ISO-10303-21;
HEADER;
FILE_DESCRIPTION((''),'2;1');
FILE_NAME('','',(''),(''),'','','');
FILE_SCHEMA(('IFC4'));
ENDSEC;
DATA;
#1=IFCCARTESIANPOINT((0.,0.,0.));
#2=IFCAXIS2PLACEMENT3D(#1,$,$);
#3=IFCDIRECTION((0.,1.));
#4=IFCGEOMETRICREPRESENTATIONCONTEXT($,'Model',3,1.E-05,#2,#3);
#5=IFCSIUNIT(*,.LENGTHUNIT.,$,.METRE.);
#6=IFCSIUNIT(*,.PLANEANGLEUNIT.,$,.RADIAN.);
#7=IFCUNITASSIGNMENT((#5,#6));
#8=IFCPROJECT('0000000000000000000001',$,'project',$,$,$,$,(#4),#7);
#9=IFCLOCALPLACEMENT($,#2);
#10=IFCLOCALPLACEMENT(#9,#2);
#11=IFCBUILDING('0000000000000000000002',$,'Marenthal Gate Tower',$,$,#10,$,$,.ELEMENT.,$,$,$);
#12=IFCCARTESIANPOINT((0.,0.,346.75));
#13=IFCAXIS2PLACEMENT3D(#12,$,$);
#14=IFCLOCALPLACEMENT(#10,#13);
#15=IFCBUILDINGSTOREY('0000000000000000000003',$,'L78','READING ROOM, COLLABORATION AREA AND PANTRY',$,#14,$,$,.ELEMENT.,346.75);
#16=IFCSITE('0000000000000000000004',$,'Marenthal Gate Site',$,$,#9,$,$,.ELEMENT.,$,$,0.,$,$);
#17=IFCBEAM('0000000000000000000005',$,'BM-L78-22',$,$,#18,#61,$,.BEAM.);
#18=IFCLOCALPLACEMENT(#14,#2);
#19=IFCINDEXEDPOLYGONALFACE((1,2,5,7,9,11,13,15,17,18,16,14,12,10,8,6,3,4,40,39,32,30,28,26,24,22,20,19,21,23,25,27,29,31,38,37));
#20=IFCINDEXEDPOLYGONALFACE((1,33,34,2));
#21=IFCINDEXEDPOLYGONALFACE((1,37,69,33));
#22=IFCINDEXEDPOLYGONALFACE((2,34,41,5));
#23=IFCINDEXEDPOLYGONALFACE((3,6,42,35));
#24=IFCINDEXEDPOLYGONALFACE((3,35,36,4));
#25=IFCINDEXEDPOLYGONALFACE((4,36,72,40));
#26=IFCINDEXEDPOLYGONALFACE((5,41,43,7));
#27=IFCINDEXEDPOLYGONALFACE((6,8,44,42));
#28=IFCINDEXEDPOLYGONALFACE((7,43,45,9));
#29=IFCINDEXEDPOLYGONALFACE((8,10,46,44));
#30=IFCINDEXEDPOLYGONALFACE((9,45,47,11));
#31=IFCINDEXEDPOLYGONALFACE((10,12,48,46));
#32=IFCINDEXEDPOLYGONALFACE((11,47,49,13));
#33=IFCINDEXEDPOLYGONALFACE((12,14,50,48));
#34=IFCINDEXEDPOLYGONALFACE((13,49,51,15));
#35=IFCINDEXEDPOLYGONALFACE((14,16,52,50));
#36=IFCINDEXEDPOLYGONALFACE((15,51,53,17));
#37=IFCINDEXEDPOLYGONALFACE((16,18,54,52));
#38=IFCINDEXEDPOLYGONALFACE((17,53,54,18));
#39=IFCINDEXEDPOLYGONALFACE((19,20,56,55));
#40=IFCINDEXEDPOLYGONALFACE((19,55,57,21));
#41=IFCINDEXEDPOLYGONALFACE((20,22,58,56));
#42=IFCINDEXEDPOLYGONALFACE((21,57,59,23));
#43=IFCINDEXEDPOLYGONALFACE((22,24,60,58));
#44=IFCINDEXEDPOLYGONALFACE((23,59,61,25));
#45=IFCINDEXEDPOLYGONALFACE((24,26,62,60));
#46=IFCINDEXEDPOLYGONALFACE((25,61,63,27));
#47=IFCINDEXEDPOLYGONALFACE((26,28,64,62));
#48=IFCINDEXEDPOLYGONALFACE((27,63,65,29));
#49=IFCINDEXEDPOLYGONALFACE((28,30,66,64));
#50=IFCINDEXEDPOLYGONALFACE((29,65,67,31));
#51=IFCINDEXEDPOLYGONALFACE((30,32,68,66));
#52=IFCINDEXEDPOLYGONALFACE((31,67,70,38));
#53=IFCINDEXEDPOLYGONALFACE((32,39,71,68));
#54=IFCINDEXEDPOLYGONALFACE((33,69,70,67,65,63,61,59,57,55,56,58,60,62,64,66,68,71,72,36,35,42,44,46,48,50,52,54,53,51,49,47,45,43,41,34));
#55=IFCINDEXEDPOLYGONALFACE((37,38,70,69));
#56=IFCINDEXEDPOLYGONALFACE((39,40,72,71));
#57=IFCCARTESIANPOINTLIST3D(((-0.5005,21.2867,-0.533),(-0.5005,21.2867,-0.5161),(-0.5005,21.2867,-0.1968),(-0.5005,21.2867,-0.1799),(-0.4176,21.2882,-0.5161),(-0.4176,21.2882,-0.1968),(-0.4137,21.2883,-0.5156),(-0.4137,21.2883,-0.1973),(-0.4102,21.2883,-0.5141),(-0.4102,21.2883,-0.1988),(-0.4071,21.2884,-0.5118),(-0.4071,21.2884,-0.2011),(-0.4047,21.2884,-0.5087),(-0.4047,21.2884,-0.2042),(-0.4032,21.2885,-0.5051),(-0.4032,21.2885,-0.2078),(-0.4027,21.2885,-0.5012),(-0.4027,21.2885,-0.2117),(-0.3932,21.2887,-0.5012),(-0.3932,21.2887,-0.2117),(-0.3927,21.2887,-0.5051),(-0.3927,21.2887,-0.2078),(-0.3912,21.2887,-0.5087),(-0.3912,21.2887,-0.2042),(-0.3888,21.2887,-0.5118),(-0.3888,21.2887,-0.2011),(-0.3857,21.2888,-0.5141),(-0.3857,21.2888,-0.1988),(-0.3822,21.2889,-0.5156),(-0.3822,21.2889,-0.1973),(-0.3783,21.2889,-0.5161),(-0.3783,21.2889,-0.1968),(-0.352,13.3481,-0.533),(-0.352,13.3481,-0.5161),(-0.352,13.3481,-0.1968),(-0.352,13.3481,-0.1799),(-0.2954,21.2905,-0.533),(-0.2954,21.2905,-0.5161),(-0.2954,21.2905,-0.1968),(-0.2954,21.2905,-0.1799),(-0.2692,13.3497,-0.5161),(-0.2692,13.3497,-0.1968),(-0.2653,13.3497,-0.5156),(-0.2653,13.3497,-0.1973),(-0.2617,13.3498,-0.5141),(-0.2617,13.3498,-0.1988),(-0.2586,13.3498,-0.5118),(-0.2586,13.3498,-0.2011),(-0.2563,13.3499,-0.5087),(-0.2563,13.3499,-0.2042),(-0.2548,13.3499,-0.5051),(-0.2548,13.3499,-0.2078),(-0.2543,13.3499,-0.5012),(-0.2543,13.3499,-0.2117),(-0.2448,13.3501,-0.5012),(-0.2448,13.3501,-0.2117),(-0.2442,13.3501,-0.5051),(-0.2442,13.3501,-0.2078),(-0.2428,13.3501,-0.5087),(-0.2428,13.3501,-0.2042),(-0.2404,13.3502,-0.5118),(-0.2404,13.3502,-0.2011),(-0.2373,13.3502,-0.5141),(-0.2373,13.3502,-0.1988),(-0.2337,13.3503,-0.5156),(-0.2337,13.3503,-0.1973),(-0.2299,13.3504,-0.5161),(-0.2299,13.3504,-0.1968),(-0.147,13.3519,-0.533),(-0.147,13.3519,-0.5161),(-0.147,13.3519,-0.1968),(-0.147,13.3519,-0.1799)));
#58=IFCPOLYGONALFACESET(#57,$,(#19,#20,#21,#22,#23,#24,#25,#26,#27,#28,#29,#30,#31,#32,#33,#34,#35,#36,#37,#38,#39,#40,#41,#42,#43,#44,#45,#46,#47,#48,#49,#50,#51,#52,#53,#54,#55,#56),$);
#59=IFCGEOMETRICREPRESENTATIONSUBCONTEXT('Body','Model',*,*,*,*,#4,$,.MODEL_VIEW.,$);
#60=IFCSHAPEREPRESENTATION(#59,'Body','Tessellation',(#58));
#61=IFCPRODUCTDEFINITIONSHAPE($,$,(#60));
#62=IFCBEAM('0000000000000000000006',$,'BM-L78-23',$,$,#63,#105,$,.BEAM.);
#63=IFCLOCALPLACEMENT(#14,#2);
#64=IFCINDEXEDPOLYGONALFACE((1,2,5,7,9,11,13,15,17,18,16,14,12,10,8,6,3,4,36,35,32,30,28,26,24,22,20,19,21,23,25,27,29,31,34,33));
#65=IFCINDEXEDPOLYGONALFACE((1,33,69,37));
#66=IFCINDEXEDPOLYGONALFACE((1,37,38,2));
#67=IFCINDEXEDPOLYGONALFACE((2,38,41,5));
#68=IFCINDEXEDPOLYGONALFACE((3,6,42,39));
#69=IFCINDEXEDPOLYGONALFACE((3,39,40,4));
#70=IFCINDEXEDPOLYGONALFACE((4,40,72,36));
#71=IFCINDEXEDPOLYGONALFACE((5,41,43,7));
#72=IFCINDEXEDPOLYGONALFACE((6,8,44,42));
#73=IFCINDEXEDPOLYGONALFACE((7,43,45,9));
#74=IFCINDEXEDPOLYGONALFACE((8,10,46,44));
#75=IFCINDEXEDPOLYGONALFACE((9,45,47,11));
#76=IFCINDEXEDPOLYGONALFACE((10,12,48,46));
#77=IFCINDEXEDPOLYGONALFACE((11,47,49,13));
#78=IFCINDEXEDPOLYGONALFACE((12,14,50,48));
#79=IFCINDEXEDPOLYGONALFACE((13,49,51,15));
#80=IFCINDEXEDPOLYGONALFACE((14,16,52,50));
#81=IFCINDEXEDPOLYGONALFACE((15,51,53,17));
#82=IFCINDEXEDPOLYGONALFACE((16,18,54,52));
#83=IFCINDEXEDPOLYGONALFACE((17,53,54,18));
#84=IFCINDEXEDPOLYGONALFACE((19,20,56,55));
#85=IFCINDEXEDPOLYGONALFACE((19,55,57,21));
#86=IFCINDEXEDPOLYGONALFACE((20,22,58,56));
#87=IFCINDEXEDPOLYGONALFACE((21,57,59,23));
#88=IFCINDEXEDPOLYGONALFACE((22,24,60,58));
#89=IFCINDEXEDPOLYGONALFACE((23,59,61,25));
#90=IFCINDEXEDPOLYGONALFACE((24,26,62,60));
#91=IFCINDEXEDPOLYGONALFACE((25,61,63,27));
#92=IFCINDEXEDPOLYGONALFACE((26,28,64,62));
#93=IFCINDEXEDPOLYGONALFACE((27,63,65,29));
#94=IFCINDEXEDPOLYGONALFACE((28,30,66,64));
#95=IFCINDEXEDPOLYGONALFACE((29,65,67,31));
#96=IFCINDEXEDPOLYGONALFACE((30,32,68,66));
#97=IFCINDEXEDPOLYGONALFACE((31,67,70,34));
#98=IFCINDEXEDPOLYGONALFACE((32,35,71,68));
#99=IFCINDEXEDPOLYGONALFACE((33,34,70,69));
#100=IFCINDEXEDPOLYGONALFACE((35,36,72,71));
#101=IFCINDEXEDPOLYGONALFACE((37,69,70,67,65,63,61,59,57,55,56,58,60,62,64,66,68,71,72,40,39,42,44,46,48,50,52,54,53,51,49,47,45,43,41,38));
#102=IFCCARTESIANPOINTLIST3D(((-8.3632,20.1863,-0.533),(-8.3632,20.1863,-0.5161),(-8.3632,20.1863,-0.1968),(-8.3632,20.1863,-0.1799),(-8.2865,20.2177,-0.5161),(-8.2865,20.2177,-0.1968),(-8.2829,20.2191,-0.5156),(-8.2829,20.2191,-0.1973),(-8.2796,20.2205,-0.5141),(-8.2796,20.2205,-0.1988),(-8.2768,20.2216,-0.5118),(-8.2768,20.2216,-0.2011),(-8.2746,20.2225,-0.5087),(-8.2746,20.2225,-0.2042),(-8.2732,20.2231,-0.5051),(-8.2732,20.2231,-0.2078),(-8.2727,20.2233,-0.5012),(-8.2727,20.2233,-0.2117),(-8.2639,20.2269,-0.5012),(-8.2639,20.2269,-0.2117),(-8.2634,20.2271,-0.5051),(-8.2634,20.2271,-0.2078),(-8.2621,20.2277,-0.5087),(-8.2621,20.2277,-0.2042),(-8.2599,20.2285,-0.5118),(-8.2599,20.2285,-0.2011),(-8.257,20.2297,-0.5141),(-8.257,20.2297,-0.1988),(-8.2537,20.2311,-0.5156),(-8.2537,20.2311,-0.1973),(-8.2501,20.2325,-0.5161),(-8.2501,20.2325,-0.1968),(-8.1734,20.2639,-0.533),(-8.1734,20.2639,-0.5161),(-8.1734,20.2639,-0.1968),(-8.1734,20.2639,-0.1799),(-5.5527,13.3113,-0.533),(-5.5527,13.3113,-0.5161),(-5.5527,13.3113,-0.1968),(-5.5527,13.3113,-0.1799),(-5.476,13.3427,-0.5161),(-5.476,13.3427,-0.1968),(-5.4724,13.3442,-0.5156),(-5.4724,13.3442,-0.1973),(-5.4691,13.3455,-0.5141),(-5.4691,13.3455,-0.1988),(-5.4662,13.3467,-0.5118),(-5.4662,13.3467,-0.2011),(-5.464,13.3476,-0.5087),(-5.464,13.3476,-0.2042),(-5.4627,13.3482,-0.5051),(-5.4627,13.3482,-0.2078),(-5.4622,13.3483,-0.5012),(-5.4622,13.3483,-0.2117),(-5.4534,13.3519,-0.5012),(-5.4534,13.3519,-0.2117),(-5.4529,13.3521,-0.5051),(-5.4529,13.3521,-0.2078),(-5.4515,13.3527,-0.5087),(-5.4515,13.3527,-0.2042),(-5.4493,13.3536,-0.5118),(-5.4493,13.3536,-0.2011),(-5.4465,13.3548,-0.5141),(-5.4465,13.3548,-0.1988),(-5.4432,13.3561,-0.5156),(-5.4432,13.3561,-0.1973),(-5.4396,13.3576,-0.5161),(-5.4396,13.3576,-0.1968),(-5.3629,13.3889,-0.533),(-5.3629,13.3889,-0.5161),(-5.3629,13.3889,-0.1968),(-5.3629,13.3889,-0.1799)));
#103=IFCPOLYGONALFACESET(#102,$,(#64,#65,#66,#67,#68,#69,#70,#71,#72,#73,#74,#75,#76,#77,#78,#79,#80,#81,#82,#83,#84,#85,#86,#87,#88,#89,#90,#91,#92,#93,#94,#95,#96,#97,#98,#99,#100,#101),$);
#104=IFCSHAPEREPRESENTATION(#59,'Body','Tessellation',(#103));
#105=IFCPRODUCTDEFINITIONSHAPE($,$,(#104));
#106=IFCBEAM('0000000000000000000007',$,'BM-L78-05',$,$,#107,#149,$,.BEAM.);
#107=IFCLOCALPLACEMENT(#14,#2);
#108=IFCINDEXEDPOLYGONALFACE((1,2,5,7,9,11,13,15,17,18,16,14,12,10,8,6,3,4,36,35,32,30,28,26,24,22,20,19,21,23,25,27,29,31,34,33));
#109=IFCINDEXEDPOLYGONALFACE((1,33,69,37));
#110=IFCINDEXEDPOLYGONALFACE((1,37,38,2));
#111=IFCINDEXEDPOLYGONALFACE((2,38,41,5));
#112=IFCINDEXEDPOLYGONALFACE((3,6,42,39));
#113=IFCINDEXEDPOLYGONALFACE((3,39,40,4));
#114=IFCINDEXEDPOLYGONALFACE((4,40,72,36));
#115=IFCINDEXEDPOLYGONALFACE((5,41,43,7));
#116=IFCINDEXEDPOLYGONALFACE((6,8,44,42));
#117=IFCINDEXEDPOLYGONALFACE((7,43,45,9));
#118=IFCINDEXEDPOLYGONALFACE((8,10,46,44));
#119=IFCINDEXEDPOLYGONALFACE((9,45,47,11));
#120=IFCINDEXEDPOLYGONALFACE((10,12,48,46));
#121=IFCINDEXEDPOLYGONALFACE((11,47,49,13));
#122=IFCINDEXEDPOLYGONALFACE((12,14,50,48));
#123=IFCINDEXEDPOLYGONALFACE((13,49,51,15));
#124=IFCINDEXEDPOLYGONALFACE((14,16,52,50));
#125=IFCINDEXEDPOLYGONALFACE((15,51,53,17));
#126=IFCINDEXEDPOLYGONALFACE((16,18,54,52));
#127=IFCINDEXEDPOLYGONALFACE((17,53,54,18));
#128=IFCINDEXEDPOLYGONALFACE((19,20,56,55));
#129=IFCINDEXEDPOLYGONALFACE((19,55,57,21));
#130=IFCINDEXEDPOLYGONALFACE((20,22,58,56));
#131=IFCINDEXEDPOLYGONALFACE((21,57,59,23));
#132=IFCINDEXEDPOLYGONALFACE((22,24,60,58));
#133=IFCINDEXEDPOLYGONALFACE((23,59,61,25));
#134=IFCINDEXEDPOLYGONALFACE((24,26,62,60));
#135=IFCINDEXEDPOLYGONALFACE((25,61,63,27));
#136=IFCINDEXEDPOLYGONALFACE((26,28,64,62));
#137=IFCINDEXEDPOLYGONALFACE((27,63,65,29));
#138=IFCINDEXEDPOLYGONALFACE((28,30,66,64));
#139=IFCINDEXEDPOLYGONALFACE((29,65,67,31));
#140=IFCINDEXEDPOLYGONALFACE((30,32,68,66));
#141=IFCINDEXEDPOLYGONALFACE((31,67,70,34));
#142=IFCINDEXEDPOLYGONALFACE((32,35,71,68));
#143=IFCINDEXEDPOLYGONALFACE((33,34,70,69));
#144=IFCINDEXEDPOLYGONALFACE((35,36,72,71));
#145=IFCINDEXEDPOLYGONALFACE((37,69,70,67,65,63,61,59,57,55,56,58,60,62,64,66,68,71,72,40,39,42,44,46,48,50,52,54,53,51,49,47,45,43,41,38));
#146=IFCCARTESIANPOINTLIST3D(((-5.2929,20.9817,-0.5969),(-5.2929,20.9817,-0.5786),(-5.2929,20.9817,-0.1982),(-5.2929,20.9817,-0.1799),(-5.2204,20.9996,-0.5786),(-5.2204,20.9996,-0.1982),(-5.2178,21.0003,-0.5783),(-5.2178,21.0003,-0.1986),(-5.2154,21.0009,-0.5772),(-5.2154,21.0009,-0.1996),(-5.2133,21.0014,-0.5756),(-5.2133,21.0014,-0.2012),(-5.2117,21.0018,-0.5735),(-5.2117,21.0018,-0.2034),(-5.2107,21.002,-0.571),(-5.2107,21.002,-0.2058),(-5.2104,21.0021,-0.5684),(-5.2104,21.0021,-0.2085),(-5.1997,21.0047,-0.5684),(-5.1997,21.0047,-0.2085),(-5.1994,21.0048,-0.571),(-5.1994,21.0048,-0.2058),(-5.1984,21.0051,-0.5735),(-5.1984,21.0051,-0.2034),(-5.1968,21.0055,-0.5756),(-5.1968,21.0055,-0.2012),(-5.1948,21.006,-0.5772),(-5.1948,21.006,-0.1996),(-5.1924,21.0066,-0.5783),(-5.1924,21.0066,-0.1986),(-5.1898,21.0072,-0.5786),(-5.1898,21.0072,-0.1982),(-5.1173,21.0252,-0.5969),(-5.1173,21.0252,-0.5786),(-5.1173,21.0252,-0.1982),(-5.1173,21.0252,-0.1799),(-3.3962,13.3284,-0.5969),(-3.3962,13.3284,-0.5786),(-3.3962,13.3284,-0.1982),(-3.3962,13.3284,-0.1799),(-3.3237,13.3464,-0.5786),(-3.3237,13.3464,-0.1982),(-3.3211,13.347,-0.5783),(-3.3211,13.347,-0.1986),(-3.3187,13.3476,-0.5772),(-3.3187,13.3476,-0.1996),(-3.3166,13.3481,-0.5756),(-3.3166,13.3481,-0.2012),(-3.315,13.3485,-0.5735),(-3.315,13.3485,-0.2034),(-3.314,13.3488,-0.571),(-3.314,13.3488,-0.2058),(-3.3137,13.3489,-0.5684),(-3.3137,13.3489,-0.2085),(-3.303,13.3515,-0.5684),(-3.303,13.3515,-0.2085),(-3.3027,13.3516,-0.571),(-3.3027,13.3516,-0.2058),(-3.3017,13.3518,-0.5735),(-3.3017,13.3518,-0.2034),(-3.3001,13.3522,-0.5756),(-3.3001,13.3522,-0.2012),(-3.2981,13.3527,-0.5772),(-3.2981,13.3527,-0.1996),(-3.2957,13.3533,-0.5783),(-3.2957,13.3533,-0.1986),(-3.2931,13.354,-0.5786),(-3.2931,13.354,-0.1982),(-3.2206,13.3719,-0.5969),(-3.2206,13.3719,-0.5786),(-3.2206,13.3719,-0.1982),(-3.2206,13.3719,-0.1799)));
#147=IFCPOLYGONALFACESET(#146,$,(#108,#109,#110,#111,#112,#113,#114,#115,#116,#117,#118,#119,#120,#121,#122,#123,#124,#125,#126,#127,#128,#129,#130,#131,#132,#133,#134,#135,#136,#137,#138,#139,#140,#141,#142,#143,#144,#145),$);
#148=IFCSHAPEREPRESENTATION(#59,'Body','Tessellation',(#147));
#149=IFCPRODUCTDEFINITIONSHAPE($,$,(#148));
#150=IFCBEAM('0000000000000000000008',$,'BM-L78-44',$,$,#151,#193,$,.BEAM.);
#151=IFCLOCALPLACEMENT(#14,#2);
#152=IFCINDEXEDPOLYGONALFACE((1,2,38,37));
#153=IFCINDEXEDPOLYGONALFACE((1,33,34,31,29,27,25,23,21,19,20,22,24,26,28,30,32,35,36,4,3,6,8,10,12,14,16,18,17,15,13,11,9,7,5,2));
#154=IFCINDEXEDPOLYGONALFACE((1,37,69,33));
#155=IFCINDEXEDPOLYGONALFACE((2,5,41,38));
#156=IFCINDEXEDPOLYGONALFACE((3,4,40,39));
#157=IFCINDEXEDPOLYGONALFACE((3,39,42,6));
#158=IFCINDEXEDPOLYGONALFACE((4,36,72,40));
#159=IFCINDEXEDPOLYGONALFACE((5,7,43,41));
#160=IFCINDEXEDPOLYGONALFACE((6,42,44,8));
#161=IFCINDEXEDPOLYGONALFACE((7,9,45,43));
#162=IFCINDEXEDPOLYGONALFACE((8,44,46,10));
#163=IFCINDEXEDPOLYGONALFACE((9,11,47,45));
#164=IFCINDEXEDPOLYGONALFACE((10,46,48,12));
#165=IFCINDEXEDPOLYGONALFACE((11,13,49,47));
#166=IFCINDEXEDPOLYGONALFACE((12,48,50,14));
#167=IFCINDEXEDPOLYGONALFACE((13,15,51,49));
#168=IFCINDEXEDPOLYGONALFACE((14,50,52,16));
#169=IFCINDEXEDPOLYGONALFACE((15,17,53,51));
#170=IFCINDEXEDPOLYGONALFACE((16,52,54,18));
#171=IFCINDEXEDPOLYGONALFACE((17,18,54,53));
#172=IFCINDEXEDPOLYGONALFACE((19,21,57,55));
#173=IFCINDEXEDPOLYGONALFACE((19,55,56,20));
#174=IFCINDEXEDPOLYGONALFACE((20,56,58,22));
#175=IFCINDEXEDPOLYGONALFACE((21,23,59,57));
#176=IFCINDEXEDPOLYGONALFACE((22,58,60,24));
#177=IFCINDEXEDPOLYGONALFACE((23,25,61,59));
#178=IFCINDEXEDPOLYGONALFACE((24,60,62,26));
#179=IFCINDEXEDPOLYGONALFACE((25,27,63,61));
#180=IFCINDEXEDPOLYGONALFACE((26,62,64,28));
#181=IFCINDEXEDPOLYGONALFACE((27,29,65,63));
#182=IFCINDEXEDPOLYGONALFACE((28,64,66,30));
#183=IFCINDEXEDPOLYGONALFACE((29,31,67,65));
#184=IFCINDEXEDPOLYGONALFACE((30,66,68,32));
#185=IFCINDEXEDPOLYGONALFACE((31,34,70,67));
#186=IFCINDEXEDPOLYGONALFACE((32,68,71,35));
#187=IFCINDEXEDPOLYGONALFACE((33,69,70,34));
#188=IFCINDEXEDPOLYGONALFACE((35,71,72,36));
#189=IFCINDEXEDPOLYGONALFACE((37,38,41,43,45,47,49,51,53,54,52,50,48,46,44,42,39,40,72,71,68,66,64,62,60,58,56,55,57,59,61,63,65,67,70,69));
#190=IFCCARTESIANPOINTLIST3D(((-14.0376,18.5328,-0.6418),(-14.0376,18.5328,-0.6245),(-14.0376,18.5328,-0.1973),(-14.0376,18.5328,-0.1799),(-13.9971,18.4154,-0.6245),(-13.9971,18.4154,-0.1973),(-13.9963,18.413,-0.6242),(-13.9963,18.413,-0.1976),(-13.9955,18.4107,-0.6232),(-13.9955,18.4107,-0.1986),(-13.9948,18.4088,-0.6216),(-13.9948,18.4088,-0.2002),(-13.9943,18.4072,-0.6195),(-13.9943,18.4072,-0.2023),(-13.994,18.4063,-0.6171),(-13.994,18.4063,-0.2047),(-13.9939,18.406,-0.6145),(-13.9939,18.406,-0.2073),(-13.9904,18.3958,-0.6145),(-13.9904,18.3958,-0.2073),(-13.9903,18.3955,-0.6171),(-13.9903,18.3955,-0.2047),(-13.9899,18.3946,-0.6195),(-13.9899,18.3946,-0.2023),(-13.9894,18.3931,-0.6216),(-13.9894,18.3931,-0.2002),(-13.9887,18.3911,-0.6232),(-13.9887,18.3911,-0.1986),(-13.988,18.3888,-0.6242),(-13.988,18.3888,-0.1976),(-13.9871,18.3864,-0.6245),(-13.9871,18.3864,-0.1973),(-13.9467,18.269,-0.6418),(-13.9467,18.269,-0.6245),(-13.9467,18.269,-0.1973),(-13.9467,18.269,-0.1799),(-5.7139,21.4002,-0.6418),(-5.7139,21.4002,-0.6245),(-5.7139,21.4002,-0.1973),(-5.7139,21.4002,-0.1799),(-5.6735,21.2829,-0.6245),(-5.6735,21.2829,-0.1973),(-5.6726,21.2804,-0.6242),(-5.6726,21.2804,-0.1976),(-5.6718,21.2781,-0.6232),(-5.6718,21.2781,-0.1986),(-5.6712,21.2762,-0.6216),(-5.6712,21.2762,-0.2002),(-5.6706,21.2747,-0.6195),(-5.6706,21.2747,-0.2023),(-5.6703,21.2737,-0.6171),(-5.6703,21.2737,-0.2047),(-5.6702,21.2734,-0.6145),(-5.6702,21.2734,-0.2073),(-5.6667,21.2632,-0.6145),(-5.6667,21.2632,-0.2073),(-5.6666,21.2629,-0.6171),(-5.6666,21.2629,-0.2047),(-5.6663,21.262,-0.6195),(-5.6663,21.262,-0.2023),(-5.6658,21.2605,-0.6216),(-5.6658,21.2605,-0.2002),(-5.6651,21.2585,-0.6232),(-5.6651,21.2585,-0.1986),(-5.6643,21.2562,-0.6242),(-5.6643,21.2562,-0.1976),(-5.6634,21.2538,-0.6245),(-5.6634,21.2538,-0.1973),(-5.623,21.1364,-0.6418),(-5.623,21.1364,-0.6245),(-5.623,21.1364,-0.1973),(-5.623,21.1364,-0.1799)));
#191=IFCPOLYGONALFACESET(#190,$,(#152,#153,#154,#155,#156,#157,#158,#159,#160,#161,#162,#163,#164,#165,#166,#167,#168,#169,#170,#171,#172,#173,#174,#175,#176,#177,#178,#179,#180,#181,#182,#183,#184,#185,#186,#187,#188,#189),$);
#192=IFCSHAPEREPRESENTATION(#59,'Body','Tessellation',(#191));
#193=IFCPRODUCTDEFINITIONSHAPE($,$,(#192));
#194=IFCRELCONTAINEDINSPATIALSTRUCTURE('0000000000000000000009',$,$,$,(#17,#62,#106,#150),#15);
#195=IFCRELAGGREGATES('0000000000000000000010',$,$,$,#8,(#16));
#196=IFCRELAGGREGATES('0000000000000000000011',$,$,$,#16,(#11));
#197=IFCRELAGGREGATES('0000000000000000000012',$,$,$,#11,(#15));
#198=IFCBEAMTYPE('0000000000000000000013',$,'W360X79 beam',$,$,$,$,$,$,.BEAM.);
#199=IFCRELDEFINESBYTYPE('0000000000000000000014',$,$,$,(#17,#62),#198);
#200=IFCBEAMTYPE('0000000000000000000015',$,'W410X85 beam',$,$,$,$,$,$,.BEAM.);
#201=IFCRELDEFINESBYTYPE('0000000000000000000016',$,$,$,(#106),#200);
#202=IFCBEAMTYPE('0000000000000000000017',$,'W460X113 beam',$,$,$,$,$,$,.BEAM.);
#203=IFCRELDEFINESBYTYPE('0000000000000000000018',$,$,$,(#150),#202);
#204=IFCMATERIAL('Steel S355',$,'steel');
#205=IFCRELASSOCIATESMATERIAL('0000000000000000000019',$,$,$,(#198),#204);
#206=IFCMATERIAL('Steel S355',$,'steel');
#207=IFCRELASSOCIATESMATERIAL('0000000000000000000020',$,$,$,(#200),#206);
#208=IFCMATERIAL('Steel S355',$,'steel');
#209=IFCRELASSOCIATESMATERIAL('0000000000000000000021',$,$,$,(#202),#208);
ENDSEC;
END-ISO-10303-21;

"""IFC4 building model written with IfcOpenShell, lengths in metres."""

from ifc_helpers import new_model, si_unit, direction, frame, origin, origin_2d, place, context, subcontext, project, spatial, i_section, extrude, material, material_profile, profile_set, type_object, element, save


model = new_model("IFC4")

# Units and contexts
model_context = context("Model", 3, precision=1e-05, world=origin(), true_north=direction((0.0, 1.0)))
body_context = subcontext(model_context, "Body", "Model", "MODEL_VIEW")
ifc_project = project(units=[si_unit("LENGTHUNIT", "METRE"), si_unit("PLANEANGLEUNIT", "RADIAN")], contexts=[model_context])

# Site, building, storey
site_placement = place(None, origin())
site = spatial("IfcSite", under=ifc_project, at=site_placement, Name="Marenthal Gate Site", CompositionType="ELEMENT", RefElevation=0.0)
building_placement = place(site_placement, origin())
building = spatial("IfcBuilding", under=site, at=building_placement, Name="Marenthal Gate Tower", CompositionType="ELEMENT")
storey_placement = place(building_placement, frame((0.0, 0.0, 346.75)))
storey = spatial("IfcBuildingStorey", under=building, at=storey_placement, Name="L78", Description="READING ROOM, COLLABORATION AREA AND PANTRY", CompositionType="ELEMENT", Elevation=346.75)

# Beams
ifc_material_1 = material(Name="Steel S355", Category="steel")
ifc_material_profile_1 = material_profile(ifc_material_1, i_section(OverallWidth=0.2051, OverallDepth=0.353, WebThickness=0.0095, FlangeThickness=0.0168, FilletRadius=0.0149, at=origin_2d()), Name="W360X79")
ifc_profile_set_1 = profile_set([ifc_material_profile_1], Name="Steel S355")
beam_type_1 = type_object("IfcBeamType", Name="W360X79 beam", PredefinedType="BEAM", material=ifc_profile_set_1)
beam_1_placement = place(storey_placement, frame((-0.3979, 21.2886, -0.3564), z_axis=(0.018695, -0.999825, 0.0), x_axis=(0.999825, 0.018695, 0.0)))
element("IfcBeam", 1, at=beam_1_placement, inside=storey, type_object=beam_type_1, Name="BM-L78-22", PredefinedType="BEAM", context=body_context, shape_type="SweptSolid", body=[
    extrude(i_section(OverallWidth=0.2051, OverallDepth=0.353, WebThickness=0.0095, FlangeThickness=0.0168, FilletRadius=0.0149, at=origin_2d()), origin(), (0.0, 0.0, 1.0), 7.9399),
])
beam_2_placement = place(storey_placement, frame((-8.2683, 20.2251, -0.3564), z_axis=(0.378408, -0.925639, 0.0), x_axis=(0.925639, 0.378408, 0.0)))
element("IfcBeam", 2, at=beam_2_placement, inside=storey, type_object=beam_type_1, Name="BM-L78-23", PredefinedType="BEAM", context=body_context, shape_type="SweptSolid", body=[
    extrude(i_section(OverallWidth=0.2051, OverallDepth=0.353, WebThickness=0.0095, FlangeThickness=0.0168, FilletRadius=0.0149, at=origin_2d()), origin(), (0.0, 0.0, 1.0), 7.4272),
])
ifc_material_2 = material(Name="Steel S355", Category="steel")
ifc_material_profile_2 = material_profile(ifc_material_2, i_section(OverallWidth=0.1809, OverallDepth=0.417, WebThickness=0.011, FlangeThickness=0.0183, FilletRadius=0.0103, at=origin_2d()), Name="W410X85")
ifc_profile_set_2 = profile_set([ifc_material_profile_2], Name="Steel S355")
beam_type_2 = type_object("IfcBeamType", Name="W410X85 beam", PredefinedType="BEAM", material=ifc_profile_set_2)
beam_3_placement = place(storey_placement, frame((-5.2051, 21.0034, -0.3884), z_axis=(0.240553, -0.970636, 0.0), x_axis=(0.970636, 0.240553, 0.0)))
element("IfcBeam", 3, at=beam_3_placement, inside=storey, type_object=beam_type_2, Name="BM-L78-05", PredefinedType="BEAM", context=body_context, shape_type="SweptSolid", body=[
    extrude(i_section(OverallWidth=0.1809, OverallDepth=0.417, WebThickness=0.011, FlangeThickness=0.0183, FilletRadius=0.0103, at=origin_2d()), origin(), (0.0, 0.0, 1.0), 7.8848),
])
ifc_material_3 = material(Name="Steel S355", Category="steel")
ifc_material_profile_3 = material_profile(ifc_material_3, i_section(OverallWidth=0.2791, OverallDepth=0.4619, WebThickness=0.0107, FlangeThickness=0.0173, FilletRadius=0.01, at=origin_2d()), Name="W460X113")
ifc_profile_set_3 = profile_set([ifc_material_profile_3], Name="Steel S355")
beam_type_3 = type_object("IfcBeamType", Name="W460X113 beam", PredefinedType="BEAM", material=ifc_profile_set_3)
beam_4_placement = place(storey_placement, frame((-5.6685, 21.2683, -0.4109), z_axis=(-0.945472, -0.325704, 0.0), x_axis=(0.325704, -0.945472, 0.0)))
element("IfcBeam", 4, at=beam_4_placement, inside=storey, type_object=beam_type_3, Name="BM-L78-44", PredefinedType="BEAM", context=body_context, shape_type="SweptSolid", body=[
    extrude(i_section(OverallWidth=0.2791, OverallDepth=0.4619, WebThickness=0.0107, FlangeThickness=0.0173, FilletRadius=0.01, at=origin_2d()), origin(), (0.0, 0.0, 1.0), 8.8037),
])

save(model, "model.ifc")
